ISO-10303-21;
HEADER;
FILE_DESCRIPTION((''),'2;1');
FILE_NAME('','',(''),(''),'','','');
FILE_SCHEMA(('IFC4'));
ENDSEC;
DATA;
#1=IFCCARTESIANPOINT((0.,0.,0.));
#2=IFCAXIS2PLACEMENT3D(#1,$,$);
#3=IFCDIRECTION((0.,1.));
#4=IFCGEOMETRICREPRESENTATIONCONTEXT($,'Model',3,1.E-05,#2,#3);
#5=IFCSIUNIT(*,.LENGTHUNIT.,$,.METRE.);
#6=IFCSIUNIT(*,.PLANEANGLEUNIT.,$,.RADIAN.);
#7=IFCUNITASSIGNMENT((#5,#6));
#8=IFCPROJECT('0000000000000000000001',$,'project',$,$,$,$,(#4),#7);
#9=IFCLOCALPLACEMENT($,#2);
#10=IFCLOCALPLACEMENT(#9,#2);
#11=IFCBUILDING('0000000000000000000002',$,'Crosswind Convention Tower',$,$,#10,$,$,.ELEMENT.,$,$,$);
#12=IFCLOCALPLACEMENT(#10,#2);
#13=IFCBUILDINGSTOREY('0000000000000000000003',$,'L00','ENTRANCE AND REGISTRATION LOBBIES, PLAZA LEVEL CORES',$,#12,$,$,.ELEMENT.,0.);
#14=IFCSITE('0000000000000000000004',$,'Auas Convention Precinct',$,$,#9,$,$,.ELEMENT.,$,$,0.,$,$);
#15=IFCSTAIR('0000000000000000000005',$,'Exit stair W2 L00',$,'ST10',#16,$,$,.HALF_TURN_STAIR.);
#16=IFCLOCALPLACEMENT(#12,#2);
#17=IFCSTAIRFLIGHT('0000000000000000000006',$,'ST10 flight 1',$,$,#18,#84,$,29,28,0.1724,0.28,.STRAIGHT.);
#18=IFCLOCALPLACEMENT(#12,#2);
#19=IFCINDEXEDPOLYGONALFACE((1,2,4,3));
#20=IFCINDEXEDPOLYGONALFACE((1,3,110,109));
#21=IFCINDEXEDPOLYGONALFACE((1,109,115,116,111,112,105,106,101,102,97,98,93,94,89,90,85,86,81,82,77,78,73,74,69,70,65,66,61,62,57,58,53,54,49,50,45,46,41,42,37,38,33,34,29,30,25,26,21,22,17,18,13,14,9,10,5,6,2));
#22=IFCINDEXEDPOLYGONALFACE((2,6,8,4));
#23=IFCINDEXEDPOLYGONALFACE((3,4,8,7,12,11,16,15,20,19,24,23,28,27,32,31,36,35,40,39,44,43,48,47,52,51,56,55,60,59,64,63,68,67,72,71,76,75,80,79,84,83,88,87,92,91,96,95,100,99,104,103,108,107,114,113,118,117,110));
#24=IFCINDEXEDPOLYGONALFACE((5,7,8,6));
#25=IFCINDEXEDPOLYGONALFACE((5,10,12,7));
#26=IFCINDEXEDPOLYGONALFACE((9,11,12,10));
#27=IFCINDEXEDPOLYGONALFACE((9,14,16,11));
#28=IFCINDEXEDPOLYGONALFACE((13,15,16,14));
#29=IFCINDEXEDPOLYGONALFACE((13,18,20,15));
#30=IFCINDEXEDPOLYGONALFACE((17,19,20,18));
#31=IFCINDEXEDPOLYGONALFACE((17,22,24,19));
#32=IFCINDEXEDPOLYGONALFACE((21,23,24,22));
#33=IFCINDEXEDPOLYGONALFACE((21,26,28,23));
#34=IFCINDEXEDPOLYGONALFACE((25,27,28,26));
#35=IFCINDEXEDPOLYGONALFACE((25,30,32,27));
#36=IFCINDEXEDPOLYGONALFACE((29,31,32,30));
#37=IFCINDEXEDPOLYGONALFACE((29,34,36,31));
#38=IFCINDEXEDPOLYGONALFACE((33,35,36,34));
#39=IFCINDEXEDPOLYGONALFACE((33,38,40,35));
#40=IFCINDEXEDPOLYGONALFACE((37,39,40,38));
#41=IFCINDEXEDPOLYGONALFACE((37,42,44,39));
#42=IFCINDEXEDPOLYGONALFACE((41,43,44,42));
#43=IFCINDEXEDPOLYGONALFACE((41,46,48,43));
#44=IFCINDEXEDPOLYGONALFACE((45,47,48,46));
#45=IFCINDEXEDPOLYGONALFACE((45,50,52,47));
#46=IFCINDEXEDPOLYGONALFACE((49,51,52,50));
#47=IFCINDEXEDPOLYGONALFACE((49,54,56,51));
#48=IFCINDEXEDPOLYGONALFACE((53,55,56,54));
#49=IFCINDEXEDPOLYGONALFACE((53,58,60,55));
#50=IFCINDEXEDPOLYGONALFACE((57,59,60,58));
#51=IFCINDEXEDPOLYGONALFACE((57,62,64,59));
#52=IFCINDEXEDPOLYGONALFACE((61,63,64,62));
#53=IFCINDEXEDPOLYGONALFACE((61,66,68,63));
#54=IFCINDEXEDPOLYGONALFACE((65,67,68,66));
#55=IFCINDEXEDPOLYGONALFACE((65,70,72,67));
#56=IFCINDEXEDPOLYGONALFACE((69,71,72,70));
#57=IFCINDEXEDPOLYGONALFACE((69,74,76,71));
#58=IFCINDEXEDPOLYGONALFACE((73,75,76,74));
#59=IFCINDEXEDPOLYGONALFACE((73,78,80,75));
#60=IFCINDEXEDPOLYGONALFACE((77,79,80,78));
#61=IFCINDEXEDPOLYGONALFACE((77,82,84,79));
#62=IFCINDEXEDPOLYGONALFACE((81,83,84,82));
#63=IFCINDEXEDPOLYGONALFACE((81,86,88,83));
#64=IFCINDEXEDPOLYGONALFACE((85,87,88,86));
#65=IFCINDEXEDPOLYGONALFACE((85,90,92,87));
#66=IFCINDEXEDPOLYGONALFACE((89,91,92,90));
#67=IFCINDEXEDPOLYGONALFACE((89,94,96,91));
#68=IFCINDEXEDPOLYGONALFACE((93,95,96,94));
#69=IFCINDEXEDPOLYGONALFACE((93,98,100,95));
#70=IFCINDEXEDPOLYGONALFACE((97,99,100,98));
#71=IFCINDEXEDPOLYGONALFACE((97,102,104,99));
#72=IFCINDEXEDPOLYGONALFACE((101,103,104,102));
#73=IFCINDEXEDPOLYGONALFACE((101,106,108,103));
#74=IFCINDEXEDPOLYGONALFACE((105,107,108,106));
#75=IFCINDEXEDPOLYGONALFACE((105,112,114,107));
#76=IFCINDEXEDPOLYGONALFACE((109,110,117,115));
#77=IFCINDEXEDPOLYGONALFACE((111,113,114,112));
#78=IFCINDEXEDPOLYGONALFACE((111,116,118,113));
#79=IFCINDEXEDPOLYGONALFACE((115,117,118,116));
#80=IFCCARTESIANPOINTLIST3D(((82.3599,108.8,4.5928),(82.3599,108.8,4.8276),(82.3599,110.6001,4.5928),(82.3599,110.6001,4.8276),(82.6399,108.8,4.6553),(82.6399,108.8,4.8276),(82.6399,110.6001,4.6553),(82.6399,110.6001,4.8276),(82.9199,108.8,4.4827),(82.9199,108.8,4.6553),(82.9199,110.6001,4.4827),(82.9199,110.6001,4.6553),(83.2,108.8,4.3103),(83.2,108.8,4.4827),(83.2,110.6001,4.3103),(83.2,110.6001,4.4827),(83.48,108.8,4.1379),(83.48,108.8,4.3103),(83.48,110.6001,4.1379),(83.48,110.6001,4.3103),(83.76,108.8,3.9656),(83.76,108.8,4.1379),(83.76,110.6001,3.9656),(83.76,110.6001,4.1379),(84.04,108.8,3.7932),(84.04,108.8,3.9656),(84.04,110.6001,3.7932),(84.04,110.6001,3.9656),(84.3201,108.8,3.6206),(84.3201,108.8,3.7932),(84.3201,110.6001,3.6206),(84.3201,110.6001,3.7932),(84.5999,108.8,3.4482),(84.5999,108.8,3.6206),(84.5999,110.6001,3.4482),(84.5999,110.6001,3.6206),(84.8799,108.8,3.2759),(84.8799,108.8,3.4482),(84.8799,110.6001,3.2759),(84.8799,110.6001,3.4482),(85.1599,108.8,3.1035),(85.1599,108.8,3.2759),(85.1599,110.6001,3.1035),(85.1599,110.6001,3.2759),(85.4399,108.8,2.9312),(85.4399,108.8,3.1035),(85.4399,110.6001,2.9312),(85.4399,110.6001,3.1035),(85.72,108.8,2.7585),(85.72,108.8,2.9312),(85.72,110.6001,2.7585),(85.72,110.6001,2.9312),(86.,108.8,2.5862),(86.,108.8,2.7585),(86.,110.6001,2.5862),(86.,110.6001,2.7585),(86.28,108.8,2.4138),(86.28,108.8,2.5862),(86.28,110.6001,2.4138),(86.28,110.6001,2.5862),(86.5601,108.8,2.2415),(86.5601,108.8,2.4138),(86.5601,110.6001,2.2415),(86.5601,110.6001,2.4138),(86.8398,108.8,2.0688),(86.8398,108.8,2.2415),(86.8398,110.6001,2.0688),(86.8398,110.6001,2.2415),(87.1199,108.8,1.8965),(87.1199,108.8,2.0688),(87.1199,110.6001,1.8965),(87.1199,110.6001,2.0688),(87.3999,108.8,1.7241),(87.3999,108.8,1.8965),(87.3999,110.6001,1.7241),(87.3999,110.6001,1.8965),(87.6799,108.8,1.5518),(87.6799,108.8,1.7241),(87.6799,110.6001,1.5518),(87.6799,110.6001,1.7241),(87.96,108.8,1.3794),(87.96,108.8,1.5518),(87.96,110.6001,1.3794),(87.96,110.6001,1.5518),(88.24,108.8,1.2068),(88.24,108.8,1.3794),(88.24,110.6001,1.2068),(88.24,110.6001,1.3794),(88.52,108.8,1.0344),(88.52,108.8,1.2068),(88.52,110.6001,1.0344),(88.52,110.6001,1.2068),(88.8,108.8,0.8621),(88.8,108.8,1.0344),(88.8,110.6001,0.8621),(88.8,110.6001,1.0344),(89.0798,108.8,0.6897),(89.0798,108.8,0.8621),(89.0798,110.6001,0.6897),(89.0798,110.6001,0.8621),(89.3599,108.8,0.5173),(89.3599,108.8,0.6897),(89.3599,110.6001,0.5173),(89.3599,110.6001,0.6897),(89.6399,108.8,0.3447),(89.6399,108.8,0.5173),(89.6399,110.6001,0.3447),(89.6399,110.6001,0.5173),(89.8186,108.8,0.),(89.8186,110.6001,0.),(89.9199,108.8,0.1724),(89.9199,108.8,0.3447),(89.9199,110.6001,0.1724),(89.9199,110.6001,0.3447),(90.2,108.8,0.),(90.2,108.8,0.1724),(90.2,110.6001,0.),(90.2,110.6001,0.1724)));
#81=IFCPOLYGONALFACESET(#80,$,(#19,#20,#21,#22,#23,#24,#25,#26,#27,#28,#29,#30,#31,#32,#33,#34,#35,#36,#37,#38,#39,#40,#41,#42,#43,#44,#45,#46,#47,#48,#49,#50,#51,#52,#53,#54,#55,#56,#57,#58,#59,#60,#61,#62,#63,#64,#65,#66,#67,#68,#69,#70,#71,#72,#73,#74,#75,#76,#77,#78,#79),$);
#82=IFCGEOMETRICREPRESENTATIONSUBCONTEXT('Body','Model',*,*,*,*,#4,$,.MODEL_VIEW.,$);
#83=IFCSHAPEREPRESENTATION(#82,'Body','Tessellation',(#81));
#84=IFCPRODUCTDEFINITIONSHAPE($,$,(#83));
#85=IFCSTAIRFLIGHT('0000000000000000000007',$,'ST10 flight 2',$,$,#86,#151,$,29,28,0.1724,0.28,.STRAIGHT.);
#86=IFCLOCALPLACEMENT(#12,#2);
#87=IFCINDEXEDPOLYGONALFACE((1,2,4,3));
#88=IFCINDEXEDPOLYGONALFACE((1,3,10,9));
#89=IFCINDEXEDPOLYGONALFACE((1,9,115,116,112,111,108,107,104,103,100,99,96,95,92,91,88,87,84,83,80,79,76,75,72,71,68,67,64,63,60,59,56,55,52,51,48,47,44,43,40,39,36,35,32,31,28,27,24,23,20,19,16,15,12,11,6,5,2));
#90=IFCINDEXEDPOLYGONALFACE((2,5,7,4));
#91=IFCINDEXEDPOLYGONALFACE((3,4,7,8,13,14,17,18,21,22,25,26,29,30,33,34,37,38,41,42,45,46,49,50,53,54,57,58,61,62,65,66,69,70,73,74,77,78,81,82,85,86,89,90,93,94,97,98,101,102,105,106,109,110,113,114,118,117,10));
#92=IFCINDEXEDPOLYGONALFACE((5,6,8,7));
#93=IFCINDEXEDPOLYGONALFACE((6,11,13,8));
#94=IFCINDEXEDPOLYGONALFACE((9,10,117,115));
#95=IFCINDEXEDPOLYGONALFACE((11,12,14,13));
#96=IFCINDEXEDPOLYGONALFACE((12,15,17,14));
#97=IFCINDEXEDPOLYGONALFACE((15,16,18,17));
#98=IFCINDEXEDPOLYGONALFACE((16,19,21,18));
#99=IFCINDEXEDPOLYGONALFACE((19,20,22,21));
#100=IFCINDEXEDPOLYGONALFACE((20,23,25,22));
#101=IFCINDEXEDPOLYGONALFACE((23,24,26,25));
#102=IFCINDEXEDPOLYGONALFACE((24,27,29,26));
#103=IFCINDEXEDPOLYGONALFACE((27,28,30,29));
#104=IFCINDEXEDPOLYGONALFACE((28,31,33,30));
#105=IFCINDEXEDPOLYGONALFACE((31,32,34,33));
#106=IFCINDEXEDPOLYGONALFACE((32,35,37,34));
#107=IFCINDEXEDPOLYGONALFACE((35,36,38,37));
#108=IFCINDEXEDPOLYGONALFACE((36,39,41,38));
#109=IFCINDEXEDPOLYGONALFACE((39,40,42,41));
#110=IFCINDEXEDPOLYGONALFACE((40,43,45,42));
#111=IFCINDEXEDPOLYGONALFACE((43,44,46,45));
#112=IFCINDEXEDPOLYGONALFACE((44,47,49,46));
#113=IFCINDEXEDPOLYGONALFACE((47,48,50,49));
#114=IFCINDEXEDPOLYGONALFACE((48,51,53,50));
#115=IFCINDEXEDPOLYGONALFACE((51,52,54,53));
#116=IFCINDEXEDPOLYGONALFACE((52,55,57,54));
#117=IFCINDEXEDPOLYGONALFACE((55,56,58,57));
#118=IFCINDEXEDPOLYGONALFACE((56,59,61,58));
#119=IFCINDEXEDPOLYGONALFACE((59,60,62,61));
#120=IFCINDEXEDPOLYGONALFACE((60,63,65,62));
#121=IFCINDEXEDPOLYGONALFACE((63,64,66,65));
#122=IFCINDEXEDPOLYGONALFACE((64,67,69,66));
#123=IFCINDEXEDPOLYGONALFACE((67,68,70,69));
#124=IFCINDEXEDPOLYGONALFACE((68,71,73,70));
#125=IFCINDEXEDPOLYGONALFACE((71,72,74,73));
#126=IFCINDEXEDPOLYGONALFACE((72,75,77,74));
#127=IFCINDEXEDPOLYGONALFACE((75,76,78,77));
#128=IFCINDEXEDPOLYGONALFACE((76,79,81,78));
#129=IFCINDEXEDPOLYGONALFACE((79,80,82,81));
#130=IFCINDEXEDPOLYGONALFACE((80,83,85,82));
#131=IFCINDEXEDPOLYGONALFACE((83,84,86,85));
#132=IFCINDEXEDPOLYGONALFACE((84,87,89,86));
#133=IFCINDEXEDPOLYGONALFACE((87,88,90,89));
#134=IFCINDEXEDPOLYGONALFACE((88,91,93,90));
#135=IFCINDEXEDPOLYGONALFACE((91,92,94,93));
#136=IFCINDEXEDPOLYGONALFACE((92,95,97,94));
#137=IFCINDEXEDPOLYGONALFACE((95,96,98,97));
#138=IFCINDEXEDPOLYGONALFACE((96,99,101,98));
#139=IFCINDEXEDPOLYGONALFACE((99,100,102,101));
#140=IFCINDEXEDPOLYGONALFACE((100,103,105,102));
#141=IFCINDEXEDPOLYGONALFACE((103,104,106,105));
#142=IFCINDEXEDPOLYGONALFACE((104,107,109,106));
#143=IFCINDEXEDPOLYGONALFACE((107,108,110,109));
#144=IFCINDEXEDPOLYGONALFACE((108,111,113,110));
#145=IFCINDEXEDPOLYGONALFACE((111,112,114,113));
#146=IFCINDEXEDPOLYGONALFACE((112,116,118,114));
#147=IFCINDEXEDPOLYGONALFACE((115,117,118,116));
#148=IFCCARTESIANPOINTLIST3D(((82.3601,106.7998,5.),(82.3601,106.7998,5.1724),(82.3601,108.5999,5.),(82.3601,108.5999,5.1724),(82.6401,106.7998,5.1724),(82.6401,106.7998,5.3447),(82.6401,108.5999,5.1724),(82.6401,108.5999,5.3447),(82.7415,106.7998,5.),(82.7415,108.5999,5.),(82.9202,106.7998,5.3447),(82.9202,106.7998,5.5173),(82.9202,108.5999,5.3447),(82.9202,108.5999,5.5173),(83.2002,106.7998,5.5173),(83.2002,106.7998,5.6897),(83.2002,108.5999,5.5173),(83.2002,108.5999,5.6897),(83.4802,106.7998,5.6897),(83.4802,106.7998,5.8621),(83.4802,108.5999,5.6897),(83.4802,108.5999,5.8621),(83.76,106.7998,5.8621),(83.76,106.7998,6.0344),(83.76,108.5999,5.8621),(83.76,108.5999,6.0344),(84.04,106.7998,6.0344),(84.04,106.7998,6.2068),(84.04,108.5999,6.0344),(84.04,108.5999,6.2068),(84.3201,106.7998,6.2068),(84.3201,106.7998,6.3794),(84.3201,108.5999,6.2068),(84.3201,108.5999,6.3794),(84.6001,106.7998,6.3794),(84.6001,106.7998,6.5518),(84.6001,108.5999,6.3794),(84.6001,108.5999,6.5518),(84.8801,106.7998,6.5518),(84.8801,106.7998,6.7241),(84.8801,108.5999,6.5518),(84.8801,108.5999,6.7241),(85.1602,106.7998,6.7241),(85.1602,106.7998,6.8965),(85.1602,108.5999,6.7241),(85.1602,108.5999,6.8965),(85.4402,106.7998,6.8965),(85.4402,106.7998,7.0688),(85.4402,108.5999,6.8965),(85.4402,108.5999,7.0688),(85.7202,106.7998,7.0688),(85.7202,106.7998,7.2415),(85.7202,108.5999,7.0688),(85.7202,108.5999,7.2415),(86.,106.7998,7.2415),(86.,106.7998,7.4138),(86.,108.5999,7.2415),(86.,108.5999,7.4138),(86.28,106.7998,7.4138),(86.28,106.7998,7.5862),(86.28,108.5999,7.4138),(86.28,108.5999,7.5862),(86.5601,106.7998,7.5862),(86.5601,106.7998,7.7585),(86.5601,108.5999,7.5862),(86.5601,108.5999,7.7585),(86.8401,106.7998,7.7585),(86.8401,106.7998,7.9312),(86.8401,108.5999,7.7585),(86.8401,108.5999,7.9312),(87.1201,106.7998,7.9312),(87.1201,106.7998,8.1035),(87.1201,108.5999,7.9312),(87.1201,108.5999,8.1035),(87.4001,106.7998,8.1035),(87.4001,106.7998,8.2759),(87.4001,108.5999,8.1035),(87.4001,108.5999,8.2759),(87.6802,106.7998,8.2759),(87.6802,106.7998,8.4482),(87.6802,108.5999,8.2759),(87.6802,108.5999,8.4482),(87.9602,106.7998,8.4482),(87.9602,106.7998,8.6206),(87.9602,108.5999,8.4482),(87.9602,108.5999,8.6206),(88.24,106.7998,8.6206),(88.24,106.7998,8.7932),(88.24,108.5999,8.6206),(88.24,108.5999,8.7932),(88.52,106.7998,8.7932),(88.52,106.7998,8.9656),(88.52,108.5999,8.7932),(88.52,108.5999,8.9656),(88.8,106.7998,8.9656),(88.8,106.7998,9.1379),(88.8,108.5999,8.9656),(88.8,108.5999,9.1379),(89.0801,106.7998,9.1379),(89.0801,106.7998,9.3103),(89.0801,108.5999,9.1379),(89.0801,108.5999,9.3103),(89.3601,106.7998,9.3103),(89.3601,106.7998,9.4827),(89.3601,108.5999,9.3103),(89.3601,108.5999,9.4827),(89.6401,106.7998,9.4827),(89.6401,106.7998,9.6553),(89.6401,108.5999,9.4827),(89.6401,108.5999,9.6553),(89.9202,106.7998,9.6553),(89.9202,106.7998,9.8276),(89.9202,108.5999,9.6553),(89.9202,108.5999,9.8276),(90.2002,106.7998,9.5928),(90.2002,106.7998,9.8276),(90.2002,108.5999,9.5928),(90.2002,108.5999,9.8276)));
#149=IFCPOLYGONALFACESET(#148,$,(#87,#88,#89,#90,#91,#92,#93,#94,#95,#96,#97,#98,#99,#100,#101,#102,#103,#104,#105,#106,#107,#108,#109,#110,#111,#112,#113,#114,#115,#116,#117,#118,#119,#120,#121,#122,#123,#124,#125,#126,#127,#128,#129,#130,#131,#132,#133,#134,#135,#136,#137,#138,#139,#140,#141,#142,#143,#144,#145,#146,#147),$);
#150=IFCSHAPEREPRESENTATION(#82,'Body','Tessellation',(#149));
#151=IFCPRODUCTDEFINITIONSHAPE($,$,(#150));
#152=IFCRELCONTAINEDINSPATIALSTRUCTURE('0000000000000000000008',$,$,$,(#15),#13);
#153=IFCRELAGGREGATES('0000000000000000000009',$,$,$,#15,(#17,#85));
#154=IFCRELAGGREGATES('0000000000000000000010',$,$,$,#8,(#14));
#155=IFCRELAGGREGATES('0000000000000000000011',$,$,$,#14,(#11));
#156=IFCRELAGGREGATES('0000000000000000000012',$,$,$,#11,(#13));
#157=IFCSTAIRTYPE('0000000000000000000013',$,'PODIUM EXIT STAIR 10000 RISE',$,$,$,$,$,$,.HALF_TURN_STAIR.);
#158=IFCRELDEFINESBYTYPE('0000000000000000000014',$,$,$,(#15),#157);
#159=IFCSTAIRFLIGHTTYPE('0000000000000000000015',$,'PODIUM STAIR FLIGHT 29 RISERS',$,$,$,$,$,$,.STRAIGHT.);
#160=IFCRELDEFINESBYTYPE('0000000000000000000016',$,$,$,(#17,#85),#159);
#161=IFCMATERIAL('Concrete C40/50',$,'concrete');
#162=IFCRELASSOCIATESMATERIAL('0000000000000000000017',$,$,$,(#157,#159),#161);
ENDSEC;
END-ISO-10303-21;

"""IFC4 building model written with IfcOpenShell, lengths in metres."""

from ifc_helpers import new_model, si_unit, direction, frame, origin, place, context, subcontext, project, spatial, polyline, outline, extrude, material, type_object, element, aggregate, save


model = new_model("IFC4")

# Units and contexts
model_context = context("Model", 3, precision=1e-05, world=origin(), true_north=direction((0.0, 1.0)))
body_context = subcontext(model_context, "Body", "Model", "MODEL_VIEW")
ifc_project = project(units=[si_unit("LENGTHUNIT", "METRE"), si_unit("PLANEANGLEUNIT", "RADIAN")], contexts=[model_context])

# Site, building, storey
site_placement = place(None, origin())
site = spatial("IfcSite", under=ifc_project, at=site_placement, Name="Auas Convention Precinct", CompositionType="ELEMENT", RefElevation=0.0)
building_placement = place(site_placement, origin())
building = spatial("IfcBuilding", under=site, at=building_placement, Name="Crosswind Convention Tower", CompositionType="ELEMENT")
storey_placement = place(building_placement, origin())
storey = spatial("IfcBuildingStorey", under=building, at=storey_placement, Name="L00", Description="ENTRANCE AND REGISTRATION LOBBIES, PLAZA LEVEL CORES", CompositionType="ELEMENT", Elevation=0.0)

# Shared definitions
ifc_material_1 = material(Name="Concrete C40/50", Category="concrete")

# Stair, stair flights
stair_type = type_object("IfcStairType", Name="PODIUM EXIT STAIR 10000 RISE", PredefinedType="HALF_TURN_STAIR", material=ifc_material_1)
stair_placement = place(storey_placement, origin())
stair = element("IfcStair", 1, at=stair_placement, inside=storey, type_object=stair_type, Name="Exit stair W2 L00", ObjectType="ST10", PredefinedType="HALF_TURN_STAIR")
stair_flight_type = type_object("IfcStairFlightType", Name="PODIUM STAIR FLIGHT 29 RISERS", PredefinedType="STRAIGHT", material=ifc_material_1)
stair_flight_1_placement = place(storey_placement, frame((90.2, 109.7, 0.0), z_axis=(0.0, 0.0, 1.0), x_axis=(-1.0, 0.0, 0.0)))
stair_flight_1 = element("IfcStairFlight", 2, at=stair_flight_1_placement, type_object=stair_flight_type, Name="ST10 flight 1", NumberOfRisers=29, NumberOfTreads=28, PredefinedType="STRAIGHT", RiserHeight=0.1724, TreadLength=0.28, context=body_context, shape_type="SweptSolid", body=[
    extrude(outline(polyline([(0.0, 0.0), (0.0, 0.1724), (0.28, 0.1724), (0.28, 0.3447), (0.5601, 0.3447), (0.5601, 0.5173), (0.8401, 0.5173), (0.8401, 0.6897), (1.1201, 0.6897), (1.1201, 0.8621), (1.3999, 0.8621), (1.3999, 1.0344), (1.6799, 1.0344), (1.6799, 1.2068), (1.96, 1.2068), (1.96, 1.3794), (2.24, 1.3794), (2.24, 1.5518), (2.52, 1.5518), (2.52, 1.7241), (2.8, 1.7241), (2.8, 1.8965), (3.0801, 1.8965), (3.0801, 2.0688), (3.3601, 2.0688), (3.3601, 2.2415), (3.6399, 2.2415), (3.6399, 2.4138), (3.9199, 2.4138), (3.9199, 2.5862), (4.2, 2.5862), (4.2, 2.7585), (4.48, 2.7585), (4.48, 2.9312), (4.76, 2.9312), (4.76, 3.1035), (5.04, 3.1035), (5.04, 3.2759), (5.3201, 3.2759), (5.3201, 3.4482), (5.6001, 3.4482), (5.6001, 3.6206), (5.8799, 3.6206), (5.8799, 3.7932), (6.1599, 3.7932), (6.1599, 3.9656), (6.4399, 3.9656), (6.4399, 4.1379), (6.72, 4.1379), (6.72, 4.3103), (7.0, 4.3103), (7.0, 4.4827), (7.28, 4.4827), (7.28, 4.6553), (7.5601, 4.6553), (7.5601, 4.8276), (7.8401, 4.8276), (7.8401, 5.0), (7.8401, 4.5928), (0.3813, 0.0), (0.0, 0.0)])), frame((0.0, 0.8999, 0.0), z_axis=(0.0, -1.0, 0.0), x_axis=(1.0, 0.0, 0.0)), (0.0, 0.0, 1.0), 1.8),
])
stair_flight_2_placement = place(storey_placement, frame((82.3601, 107.7, 5.0), z_axis=(0.0, 0.0, 1.0), x_axis=(1.0, 0.0, 0.0)))
stair_flight_2 = element("IfcStairFlight", 3, at=stair_flight_2_placement, type_object=stair_flight_type, Name="ST10 flight 2", NumberOfRisers=29, NumberOfTreads=28, PredefinedType="STRAIGHT", RiserHeight=0.1724, TreadLength=0.28, context=body_context, shape_type="SweptSolid", body=[
    extrude(outline(polyline([(0.0, 0.0), (0.0, 0.1724), (0.28, 0.1724), (0.28, 0.3447), (0.5601, 0.3447), (0.5601, 0.5173), (0.8401, 0.5173), (0.8401, 0.6897), (1.1201, 0.6897), (1.1201, 0.8621), (1.3999, 0.8621), (1.3999, 1.0344), (1.6799, 1.0344), (1.6799, 1.2068), (1.96, 1.2068), (1.96, 1.3794), (2.24, 1.3794), (2.24, 1.5518), (2.52, 1.5518), (2.52, 1.7241), (2.8, 1.7241), (2.8, 1.8965), (3.0801, 1.8965), (3.0801, 2.0688), (3.3601, 2.0688), (3.3601, 2.2415), (3.6399, 2.2415), (3.6399, 2.4138), (3.9199, 2.4138), (3.9199, 2.5862), (4.2, 2.5862), (4.2, 2.7585), (4.48, 2.7585), (4.48, 2.9312), (4.76, 2.9312), (4.76, 3.1035), (5.04, 3.1035), (5.04, 3.2759), (5.3201, 3.2759), (5.3201, 3.4482), (5.6001, 3.4482), (5.6001, 3.6206), (5.8799, 3.6206), (5.8799, 3.7932), (6.1599, 3.7932), (6.1599, 3.9656), (6.4399, 3.9656), (6.4399, 4.1379), (6.72, 4.1379), (6.72, 4.3103), (7.0, 4.3103), (7.0, 4.4827), (7.28, 4.4827), (7.28, 4.6553), (7.5601, 4.6553), (7.5601, 4.8276), (7.8401, 4.8276), (7.8401, 5.0), (7.8401, 4.5928), (0.3813, 0.0), (0.0, 0.0)])), frame((0.0, 0.8999, 0.0), z_axis=(0.0, -1.0, 0.0), x_axis=(1.0, 0.0, 0.0)), (0.0, 0.0, 1.0), 1.8),
])
aggregate(stair, [stair_flight_1, stair_flight_2])

save(model, "model.ifc")
